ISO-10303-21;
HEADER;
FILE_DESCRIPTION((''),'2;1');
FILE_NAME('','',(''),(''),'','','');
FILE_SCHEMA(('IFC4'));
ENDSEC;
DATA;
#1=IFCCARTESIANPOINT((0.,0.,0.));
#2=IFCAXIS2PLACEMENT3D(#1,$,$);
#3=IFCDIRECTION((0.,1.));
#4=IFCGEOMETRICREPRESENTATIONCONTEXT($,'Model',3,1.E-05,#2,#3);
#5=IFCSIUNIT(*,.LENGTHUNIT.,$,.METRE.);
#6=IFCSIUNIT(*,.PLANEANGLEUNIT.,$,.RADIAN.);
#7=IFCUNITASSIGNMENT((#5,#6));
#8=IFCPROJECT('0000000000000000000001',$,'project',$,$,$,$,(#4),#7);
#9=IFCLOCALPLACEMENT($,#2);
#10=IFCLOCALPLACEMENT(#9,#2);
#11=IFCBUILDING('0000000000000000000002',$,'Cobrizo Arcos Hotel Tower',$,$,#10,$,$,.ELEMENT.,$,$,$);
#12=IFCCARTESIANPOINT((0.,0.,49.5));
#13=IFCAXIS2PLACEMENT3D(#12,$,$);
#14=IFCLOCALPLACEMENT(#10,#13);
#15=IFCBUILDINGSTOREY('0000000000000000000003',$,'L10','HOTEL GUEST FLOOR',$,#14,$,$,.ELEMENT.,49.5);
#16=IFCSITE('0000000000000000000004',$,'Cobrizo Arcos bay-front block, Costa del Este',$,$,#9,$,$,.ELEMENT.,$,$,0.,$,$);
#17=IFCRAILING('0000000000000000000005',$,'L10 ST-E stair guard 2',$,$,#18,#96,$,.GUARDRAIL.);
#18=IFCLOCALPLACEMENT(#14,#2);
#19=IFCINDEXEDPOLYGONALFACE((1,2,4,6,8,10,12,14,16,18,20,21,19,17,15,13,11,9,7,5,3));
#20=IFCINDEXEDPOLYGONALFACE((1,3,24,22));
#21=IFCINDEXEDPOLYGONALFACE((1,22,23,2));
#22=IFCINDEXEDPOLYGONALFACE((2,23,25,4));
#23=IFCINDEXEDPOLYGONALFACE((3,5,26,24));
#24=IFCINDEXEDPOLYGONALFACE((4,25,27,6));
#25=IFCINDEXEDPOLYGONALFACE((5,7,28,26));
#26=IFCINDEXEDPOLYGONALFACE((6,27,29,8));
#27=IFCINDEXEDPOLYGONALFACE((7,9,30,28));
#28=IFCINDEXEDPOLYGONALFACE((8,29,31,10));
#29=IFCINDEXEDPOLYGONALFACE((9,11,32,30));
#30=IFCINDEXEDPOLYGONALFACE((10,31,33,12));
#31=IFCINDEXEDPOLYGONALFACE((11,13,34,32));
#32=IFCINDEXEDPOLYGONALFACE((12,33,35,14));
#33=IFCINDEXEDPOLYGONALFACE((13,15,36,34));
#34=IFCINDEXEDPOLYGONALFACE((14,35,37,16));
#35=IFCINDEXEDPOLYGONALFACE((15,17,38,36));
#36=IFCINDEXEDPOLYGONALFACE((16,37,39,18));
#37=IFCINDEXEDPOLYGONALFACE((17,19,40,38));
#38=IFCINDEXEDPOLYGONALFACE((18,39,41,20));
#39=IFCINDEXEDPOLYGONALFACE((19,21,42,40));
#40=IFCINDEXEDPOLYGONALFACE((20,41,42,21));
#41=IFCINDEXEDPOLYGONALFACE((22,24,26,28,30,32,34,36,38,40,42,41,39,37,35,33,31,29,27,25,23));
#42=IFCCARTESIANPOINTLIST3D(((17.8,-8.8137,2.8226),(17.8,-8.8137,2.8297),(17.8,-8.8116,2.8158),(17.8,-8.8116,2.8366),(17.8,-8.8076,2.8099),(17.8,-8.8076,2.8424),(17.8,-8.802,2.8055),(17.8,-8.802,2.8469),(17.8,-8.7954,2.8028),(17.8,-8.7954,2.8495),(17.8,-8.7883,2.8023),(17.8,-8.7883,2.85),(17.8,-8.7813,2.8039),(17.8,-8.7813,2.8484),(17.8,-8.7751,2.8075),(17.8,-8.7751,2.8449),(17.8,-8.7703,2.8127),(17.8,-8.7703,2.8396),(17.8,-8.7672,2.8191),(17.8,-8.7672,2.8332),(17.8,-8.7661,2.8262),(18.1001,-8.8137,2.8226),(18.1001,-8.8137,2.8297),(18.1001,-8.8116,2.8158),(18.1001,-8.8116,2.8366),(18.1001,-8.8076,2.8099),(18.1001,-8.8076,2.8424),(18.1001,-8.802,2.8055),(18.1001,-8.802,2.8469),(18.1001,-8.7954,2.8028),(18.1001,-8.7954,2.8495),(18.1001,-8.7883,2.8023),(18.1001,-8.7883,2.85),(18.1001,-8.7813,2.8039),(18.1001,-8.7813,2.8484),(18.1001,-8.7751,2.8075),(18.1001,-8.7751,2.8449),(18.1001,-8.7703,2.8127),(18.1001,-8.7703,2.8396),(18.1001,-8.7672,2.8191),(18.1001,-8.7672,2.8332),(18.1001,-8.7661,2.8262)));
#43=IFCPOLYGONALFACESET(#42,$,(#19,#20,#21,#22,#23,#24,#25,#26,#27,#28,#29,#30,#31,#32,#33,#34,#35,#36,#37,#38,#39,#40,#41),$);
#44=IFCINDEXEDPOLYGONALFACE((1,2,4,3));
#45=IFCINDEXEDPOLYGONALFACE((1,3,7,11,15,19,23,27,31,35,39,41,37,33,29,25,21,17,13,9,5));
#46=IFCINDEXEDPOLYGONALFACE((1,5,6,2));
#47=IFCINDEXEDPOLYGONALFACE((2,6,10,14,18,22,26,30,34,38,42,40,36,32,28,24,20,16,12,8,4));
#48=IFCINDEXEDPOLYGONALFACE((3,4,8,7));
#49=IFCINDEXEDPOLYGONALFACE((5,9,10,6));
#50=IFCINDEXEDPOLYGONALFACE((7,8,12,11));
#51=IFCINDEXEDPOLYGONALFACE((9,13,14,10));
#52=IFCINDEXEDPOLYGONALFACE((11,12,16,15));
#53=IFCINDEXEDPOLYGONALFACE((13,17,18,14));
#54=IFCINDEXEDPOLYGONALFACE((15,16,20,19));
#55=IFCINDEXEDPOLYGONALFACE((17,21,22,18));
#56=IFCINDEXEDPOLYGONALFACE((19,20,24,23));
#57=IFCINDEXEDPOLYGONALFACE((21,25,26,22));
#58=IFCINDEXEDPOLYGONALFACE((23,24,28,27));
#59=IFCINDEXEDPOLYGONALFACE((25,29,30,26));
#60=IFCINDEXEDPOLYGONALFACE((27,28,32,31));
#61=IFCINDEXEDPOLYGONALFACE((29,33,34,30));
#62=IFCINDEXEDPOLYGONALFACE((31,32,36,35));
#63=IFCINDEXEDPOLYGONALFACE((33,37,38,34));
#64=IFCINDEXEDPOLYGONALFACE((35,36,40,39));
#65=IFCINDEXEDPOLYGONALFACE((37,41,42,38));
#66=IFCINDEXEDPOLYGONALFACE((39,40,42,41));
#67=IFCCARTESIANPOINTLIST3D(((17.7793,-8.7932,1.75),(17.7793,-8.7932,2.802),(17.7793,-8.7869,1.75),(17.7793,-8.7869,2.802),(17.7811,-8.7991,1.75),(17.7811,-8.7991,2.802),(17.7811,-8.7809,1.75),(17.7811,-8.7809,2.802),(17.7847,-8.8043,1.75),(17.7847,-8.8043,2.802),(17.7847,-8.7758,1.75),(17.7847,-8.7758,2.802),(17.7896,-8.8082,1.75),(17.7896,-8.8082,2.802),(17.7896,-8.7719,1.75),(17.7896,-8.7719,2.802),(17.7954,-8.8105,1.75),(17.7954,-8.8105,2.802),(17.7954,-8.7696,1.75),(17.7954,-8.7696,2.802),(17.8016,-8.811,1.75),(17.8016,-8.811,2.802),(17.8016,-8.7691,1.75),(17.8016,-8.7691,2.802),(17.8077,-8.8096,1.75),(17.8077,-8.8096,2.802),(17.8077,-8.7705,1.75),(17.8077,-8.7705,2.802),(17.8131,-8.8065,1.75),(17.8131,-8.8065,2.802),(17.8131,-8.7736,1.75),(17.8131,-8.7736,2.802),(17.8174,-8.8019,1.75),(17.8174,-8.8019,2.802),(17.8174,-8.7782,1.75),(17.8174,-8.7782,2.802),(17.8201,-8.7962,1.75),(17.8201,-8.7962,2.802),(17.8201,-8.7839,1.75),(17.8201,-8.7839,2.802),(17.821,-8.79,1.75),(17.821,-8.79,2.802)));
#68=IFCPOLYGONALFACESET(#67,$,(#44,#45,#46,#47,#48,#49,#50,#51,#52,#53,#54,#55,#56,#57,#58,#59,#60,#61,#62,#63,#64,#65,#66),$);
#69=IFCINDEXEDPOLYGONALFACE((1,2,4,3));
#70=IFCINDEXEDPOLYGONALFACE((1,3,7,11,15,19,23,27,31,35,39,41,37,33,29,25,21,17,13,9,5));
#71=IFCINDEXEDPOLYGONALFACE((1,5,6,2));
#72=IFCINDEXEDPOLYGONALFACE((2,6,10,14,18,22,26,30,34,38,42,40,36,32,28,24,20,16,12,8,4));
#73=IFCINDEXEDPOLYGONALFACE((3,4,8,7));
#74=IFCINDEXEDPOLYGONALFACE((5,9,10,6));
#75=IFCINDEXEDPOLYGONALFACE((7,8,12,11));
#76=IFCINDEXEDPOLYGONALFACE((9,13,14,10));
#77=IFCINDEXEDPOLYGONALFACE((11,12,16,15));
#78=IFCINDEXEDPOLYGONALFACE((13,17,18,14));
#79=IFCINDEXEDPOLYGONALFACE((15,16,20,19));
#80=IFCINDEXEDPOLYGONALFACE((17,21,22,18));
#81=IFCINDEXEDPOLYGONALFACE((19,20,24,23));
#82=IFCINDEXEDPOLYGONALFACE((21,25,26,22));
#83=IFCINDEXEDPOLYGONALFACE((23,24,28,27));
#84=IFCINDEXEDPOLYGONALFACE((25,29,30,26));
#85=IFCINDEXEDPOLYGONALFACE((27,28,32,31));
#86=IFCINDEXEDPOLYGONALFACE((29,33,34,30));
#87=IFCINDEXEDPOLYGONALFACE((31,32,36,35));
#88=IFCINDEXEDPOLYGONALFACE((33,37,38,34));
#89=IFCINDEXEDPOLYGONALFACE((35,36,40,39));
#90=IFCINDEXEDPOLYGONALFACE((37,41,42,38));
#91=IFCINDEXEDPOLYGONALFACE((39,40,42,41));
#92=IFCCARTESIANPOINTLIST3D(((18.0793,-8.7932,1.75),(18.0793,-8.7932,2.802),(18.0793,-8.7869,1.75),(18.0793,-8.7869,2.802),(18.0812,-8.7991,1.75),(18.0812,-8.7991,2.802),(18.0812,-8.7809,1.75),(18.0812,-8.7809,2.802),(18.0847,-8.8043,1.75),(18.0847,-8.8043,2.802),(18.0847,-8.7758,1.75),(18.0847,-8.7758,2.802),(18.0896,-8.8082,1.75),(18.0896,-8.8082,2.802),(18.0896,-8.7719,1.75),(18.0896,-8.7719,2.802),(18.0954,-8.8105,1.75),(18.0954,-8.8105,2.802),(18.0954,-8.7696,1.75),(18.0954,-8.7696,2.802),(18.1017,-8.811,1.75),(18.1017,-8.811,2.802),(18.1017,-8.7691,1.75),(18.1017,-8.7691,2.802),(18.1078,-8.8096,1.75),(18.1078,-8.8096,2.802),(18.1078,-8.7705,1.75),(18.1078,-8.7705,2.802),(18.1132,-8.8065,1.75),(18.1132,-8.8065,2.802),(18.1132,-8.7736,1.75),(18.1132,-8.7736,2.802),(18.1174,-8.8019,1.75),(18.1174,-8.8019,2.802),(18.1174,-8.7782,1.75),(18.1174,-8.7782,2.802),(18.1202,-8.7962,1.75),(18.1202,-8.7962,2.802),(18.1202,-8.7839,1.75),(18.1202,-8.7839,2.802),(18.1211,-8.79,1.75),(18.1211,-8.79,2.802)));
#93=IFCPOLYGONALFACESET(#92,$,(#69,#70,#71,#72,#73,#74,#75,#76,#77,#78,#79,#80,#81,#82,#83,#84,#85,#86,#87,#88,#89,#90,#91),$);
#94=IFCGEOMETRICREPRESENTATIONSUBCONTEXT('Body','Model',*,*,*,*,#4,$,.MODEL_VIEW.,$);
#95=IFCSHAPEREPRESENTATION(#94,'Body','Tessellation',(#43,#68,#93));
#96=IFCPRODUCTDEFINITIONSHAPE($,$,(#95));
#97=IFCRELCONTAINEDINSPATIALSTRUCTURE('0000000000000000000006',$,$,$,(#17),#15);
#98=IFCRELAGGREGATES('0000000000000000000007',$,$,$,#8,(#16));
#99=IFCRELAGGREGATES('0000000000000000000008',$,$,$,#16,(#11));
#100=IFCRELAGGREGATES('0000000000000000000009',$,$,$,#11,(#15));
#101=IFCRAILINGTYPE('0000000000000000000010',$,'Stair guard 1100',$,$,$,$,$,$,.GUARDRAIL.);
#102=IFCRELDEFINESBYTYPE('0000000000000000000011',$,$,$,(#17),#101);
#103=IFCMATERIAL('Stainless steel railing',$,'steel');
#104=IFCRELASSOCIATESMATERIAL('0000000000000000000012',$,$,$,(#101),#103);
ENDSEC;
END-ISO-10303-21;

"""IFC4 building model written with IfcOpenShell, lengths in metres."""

from ifc_helpers import new_model, si_unit, direction, frame, origin, origin_2d, place, context, subcontext, project, spatial, circle, extrude, material, type_object, element, save


model = new_model("IFC4")

# Units and contexts
model_context = context("Model", 3, precision=1e-05, world=origin(), true_north=direction((0.0, 1.0)))
body_context = subcontext(model_context, "Body", "Model", "MODEL_VIEW")
ifc_project = project(units=[si_unit("LENGTHUNIT", "METRE"), si_unit("PLANEANGLEUNIT", "RADIAN")], contexts=[model_context])

# Site, building, storey
site_placement = place(None, origin())
site = spatial("IfcSite", under=ifc_project, at=site_placement, Name="Cobrizo Arcos bay-front block, Costa del Este", CompositionType="ELEMENT", RefElevation=0.0)
building_placement = place(site_placement, origin())
building = spatial("IfcBuilding", under=site, at=building_placement, Name="Cobrizo Arcos Hotel Tower", CompositionType="ELEMENT")
storey_placement = place(building_placement, frame((0.0, 0.0, 49.5)))
storey = spatial("IfcBuildingStorey", under=building, at=storey_placement, Name="L10", Description="HOTEL GUEST FLOOR", CompositionType="ELEMENT", Elevation=49.5)

# Railing
ifc_material_1 = material(Name="Stainless steel railing", Category="steel")
railing_type_1 = type_object("IfcRailingType", Name="Stair guard 1100", PredefinedType="GUARDRAIL", material=ifc_material_1)
railing_1_placement = place(storey_placement, frame((17.8, -8.79, 1.75)))
element("IfcRailing", 1, at=railing_1_placement, inside=storey, type_object=railing_type_1, Name="L10 ST-E stair guard 2", PredefinedType="GUARDRAIL", context=body_context, shape_type="SweptSolid", body=[
    extrude(circle(Radius=0.0239, at=origin_2d()), frame((0.0, 0.0, 1.0762), z_axis=(1.0, 0.0, 0.0), x_axis=(0.0, 1.0, 0.0)), (0.0, 0.0, 1.0), 0.3),
    extrude(circle(Radius=0.021, at=origin_2d()), origin(), (0.0, 0.0, 1.0), 1.052),
    extrude(circle(Radius=0.021, at=origin_2d()), frame((0.3, 0.0, 0.0)), (0.0, 0.0, 1.0), 1.052),
])

save(model, "model.ifc")
